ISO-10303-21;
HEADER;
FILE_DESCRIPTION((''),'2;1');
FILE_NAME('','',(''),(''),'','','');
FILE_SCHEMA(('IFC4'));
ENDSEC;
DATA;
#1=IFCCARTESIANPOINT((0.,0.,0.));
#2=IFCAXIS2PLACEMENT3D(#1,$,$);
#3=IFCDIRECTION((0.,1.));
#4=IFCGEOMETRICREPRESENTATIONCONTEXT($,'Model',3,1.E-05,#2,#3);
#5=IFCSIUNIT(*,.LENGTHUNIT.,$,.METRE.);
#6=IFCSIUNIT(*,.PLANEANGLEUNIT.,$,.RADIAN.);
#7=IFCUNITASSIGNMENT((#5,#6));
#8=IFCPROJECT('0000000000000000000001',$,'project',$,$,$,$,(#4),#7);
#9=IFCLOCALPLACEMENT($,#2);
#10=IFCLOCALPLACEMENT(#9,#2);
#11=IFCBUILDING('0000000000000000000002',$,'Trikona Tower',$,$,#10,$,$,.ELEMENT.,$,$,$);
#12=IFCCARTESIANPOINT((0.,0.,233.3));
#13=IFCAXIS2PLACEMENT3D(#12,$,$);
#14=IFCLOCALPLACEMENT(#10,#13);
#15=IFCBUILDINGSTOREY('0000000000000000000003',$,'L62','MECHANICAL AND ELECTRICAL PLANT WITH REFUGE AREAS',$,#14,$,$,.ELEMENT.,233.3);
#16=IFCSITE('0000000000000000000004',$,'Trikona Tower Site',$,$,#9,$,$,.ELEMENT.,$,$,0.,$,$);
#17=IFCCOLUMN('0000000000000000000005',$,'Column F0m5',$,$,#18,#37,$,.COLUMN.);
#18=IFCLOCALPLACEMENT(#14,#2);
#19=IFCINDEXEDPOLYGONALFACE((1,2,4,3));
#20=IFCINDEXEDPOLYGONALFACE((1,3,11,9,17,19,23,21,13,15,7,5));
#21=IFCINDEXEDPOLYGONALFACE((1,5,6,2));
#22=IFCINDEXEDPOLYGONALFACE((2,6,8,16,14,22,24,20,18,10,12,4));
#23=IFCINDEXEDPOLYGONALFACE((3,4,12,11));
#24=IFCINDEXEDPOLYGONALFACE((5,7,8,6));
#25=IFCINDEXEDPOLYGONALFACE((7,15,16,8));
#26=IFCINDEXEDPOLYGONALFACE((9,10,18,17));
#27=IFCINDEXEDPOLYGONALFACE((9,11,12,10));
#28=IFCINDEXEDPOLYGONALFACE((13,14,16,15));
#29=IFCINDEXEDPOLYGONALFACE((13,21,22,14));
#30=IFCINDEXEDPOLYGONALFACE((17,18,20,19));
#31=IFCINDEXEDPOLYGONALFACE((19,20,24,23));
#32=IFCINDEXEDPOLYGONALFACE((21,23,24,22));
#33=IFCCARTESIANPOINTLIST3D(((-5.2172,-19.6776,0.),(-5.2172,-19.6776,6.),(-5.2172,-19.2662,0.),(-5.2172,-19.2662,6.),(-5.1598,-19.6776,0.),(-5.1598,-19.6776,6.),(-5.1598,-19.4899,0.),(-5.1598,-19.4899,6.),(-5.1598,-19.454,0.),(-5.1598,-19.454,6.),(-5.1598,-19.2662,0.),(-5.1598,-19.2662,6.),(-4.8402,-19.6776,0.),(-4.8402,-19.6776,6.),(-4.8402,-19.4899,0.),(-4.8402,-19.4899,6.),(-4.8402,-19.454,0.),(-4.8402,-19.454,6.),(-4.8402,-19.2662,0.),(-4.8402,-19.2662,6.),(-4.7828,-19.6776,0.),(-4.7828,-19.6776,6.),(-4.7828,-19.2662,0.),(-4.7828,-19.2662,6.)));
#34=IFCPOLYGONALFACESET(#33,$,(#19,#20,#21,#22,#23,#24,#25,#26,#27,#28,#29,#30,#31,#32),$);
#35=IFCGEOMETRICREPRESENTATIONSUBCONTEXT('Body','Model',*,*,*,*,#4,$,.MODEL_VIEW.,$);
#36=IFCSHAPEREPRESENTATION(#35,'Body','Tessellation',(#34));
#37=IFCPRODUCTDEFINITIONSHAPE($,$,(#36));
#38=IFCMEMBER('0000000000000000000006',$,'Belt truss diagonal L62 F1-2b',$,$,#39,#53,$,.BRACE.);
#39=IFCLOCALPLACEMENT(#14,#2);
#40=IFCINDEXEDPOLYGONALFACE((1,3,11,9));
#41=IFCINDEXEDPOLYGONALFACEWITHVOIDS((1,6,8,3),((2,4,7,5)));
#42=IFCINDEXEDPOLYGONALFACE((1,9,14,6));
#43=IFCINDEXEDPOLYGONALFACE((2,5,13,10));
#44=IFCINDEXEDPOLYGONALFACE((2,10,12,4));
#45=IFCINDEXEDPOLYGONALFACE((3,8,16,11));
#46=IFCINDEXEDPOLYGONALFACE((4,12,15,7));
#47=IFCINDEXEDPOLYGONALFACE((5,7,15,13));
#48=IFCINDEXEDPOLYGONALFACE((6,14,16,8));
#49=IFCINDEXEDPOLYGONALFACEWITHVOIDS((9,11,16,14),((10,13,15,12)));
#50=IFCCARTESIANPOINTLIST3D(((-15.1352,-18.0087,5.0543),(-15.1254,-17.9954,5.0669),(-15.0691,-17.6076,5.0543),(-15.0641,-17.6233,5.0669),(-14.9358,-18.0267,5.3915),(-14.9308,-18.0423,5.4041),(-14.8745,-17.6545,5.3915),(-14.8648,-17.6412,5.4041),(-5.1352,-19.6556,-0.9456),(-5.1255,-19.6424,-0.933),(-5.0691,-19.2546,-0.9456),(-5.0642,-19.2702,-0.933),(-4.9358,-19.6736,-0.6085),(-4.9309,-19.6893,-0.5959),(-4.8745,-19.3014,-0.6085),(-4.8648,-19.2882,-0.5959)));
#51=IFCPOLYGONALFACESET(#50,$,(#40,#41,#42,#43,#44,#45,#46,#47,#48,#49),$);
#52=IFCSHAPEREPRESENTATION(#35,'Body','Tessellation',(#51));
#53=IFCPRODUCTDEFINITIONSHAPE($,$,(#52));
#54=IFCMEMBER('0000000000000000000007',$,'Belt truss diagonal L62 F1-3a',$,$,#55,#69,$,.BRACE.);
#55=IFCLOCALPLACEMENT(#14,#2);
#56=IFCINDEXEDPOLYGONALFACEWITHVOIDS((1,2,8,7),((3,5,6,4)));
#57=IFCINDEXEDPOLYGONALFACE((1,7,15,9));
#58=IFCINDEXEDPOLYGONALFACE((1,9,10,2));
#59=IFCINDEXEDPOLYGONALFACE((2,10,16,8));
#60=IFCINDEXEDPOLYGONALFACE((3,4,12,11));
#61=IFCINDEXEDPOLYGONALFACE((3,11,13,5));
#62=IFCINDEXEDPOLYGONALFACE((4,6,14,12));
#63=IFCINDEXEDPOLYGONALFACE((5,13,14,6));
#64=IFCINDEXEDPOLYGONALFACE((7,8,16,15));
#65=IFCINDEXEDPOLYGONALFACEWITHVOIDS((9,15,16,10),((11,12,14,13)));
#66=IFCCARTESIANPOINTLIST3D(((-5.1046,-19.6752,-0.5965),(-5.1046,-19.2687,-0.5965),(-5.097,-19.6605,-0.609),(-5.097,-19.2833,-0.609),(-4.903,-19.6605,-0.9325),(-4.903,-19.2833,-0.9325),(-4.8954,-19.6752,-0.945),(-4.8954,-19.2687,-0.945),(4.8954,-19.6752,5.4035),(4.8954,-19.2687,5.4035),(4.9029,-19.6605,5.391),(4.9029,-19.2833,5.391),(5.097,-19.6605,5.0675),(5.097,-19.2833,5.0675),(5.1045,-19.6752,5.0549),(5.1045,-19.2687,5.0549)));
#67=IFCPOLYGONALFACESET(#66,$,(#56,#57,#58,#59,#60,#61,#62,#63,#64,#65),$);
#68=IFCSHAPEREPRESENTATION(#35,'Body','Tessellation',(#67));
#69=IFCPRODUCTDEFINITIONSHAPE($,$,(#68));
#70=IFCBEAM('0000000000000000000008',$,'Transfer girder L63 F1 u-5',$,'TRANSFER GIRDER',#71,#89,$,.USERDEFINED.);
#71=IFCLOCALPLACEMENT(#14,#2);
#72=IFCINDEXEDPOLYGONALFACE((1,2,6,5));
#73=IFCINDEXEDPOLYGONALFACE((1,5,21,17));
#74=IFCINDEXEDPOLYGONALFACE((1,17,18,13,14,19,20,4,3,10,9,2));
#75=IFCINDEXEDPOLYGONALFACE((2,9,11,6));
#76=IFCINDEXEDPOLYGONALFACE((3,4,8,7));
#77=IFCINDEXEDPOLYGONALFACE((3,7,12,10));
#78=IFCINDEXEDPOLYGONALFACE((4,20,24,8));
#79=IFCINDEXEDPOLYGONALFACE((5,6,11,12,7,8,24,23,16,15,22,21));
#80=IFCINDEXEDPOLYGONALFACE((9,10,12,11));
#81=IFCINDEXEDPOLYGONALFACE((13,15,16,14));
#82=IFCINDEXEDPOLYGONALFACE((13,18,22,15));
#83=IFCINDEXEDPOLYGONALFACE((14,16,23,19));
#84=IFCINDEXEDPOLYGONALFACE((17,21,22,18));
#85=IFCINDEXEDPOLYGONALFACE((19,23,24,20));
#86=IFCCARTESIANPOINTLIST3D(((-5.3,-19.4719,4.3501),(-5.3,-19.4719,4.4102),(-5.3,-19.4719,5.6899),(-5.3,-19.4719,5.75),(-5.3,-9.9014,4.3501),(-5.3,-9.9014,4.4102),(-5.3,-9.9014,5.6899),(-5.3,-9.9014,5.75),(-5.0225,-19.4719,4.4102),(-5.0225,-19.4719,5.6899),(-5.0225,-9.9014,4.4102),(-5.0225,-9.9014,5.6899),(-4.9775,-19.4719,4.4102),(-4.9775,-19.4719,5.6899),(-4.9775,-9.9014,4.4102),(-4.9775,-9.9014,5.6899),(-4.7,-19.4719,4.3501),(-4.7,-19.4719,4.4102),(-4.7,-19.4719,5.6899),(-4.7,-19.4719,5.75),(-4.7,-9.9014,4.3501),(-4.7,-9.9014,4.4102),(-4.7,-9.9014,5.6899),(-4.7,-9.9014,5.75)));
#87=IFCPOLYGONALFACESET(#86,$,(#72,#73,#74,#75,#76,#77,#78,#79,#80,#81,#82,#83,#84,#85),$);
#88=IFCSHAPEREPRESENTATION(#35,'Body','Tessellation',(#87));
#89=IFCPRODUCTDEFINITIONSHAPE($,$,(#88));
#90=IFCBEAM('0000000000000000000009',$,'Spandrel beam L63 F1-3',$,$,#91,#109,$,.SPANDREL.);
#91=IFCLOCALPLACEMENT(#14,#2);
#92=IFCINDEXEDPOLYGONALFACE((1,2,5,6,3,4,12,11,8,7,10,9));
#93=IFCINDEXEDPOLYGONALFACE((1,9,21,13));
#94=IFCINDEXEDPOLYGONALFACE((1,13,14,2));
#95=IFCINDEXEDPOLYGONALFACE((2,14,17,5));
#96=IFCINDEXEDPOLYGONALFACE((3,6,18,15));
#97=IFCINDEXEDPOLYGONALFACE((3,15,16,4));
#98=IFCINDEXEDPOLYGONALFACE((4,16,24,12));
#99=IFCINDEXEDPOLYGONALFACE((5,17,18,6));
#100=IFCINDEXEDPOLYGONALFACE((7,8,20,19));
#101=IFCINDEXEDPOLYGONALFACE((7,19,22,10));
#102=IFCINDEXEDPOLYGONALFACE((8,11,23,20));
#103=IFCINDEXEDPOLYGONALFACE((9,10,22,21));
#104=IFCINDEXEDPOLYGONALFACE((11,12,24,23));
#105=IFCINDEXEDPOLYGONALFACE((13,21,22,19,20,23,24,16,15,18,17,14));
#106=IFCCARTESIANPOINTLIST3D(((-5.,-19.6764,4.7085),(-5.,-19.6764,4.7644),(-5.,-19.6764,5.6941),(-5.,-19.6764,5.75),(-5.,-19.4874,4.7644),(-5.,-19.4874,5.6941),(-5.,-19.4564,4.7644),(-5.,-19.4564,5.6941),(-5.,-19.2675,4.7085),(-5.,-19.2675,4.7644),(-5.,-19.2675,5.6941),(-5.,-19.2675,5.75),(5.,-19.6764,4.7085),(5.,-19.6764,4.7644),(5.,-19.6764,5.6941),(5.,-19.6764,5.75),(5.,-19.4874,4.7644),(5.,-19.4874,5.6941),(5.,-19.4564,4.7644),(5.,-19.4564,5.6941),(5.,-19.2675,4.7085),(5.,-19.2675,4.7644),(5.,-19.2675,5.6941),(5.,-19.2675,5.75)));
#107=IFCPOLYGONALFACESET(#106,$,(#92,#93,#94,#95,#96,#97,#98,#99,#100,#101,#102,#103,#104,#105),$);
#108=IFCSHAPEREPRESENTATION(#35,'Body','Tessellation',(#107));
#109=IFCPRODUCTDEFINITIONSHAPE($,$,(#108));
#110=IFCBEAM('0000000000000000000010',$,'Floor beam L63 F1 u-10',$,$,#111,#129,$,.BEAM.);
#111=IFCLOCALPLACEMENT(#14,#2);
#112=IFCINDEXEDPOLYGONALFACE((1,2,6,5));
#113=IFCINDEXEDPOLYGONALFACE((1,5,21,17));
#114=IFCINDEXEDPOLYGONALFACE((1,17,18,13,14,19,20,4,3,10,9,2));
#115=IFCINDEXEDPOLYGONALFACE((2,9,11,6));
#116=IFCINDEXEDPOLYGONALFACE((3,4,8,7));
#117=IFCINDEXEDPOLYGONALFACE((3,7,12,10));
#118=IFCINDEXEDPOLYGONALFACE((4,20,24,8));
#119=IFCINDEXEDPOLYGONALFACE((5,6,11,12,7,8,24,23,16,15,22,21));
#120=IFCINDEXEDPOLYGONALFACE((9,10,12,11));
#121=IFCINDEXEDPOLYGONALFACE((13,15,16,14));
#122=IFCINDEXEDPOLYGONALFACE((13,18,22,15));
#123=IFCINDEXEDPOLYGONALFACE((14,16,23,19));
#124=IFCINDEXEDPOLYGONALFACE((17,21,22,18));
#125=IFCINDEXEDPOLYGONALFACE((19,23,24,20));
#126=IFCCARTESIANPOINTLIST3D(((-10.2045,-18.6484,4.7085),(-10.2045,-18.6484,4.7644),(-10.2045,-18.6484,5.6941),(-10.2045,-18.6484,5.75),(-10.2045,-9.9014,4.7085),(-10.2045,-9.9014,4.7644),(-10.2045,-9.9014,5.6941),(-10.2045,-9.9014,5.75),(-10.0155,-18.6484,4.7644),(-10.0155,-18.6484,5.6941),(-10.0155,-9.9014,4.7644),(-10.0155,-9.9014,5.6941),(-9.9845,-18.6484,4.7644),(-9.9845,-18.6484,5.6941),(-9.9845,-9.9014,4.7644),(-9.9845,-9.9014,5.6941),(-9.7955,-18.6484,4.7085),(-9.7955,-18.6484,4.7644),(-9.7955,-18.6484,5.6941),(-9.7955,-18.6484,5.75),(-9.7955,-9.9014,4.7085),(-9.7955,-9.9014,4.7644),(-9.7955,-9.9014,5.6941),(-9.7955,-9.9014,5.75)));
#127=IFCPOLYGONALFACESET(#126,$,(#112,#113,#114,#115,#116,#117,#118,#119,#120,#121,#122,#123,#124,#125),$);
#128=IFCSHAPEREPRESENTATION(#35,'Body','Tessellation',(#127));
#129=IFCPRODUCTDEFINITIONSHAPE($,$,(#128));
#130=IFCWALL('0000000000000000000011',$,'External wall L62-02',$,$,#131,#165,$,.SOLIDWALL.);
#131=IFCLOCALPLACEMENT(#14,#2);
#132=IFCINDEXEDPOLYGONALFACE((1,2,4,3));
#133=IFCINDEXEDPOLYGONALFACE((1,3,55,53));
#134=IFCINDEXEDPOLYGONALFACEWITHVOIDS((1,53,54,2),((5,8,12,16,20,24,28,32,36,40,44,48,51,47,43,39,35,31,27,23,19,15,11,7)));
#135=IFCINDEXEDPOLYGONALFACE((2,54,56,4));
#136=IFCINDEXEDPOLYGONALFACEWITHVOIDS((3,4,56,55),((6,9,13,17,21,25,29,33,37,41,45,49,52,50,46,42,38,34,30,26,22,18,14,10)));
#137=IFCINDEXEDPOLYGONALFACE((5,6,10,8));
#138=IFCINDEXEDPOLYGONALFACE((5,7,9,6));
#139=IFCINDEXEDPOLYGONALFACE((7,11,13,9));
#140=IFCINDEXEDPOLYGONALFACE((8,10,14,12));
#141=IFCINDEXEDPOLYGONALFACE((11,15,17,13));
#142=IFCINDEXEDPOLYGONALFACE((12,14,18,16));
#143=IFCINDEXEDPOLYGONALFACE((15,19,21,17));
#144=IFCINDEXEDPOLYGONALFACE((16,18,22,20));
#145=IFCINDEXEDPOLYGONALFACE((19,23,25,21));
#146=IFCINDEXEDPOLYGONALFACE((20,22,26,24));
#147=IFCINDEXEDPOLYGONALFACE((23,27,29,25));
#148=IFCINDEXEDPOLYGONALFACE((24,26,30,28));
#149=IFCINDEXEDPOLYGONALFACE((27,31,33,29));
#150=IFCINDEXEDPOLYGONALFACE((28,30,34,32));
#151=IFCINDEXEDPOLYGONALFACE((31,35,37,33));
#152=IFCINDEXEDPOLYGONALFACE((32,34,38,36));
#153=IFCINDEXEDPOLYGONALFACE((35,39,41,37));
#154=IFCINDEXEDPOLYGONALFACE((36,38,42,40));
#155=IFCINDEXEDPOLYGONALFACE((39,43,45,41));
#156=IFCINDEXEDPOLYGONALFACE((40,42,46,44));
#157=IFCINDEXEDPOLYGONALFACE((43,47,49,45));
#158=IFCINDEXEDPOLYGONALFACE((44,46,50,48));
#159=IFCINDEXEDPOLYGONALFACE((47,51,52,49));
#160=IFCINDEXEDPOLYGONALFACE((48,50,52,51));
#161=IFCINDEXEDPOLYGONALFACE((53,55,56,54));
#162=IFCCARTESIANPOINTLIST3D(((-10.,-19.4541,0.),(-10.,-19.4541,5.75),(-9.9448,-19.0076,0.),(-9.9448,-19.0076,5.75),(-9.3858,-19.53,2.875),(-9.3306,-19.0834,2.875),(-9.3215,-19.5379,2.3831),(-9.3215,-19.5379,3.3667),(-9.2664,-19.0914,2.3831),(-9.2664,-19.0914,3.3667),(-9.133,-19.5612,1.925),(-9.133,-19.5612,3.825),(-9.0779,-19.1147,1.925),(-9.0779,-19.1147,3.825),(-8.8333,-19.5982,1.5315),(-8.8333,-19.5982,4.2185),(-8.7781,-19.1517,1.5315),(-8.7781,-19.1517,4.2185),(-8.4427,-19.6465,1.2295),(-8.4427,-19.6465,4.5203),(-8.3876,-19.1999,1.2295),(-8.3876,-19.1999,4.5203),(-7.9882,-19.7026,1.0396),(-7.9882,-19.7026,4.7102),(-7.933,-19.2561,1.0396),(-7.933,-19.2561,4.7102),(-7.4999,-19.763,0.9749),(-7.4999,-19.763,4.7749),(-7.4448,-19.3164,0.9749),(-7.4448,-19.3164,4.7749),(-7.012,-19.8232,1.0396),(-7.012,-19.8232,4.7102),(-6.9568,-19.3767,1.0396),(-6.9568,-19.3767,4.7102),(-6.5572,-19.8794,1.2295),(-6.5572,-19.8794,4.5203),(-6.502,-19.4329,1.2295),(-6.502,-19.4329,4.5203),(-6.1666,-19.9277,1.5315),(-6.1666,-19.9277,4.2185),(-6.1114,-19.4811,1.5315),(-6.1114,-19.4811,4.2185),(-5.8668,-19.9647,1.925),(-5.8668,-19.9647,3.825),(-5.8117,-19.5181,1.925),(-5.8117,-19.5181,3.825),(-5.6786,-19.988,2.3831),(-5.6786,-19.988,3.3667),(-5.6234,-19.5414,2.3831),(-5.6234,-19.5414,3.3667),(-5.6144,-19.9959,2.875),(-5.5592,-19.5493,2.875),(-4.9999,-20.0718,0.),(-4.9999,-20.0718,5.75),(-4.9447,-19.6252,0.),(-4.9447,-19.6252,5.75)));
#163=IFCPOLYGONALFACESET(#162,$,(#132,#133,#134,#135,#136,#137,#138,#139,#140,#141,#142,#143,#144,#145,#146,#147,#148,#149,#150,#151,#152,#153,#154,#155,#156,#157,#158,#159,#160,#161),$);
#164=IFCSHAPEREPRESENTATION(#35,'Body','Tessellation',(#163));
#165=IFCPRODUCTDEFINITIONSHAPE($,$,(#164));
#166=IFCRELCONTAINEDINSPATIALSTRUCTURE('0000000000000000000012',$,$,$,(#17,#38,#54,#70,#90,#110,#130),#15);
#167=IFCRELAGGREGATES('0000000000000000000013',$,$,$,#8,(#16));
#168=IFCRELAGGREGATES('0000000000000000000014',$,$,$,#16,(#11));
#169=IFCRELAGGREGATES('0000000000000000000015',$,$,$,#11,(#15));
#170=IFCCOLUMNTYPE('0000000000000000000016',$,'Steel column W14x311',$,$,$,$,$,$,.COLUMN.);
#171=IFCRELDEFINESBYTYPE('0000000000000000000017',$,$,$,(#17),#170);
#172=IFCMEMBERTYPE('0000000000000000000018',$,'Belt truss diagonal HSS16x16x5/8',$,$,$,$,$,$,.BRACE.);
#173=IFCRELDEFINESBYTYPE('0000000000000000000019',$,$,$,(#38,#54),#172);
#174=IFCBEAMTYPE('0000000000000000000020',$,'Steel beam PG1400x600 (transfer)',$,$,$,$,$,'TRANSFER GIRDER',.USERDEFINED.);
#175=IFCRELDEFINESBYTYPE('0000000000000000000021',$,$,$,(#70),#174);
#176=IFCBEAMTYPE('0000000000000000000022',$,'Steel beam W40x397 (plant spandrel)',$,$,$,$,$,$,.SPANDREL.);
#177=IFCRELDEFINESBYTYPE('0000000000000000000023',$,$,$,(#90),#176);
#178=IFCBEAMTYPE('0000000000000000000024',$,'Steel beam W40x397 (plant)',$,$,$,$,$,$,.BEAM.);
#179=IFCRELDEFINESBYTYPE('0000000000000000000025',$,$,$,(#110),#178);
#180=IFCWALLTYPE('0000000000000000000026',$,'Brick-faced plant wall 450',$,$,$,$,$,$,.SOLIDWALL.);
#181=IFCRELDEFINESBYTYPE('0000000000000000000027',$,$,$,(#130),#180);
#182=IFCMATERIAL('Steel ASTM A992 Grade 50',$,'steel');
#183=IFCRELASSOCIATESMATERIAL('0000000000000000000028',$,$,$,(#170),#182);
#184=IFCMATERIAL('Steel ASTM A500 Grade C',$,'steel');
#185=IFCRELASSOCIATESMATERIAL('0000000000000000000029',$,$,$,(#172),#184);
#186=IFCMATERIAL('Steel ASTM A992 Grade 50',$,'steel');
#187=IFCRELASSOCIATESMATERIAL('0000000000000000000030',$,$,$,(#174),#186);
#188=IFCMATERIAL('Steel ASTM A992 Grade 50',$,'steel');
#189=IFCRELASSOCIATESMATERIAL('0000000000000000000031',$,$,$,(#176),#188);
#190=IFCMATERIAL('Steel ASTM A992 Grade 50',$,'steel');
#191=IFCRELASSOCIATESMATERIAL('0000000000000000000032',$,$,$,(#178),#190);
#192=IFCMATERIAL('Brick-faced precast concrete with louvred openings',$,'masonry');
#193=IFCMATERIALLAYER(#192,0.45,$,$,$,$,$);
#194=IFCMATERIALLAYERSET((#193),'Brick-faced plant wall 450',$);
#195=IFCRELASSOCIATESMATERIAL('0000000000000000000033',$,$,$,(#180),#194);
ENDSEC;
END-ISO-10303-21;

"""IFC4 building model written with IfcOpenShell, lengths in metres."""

from ifc_helpers import new_model, si_unit, direction, frame, origin, origin_2d, place, context, subcontext, project, spatial, polyline, hollow_rectangle, i_section, outline, extrude, material, layer, layer_set, material_profile, profile_set, type_object, element, save


model = new_model("IFC4")

# Units and contexts
model_context = context("Model", 3, precision=1e-05, world=origin(), true_north=direction((0.0, 1.0)))
body_context = subcontext(model_context, "Body", "Model", "MODEL_VIEW")
ifc_project = project(units=[si_unit("LENGTHUNIT", "METRE"), si_unit("PLANEANGLEUNIT", "RADIAN")], contexts=[model_context])

# Site, building, storey
site_placement = place(None, origin())
site = spatial("IfcSite", under=ifc_project, at=site_placement, Name="Trikona Tower Site", CompositionType="ELEMENT", RefElevation=0.0)
building_placement = place(site_placement, origin())
building = spatial("IfcBuilding", under=site, at=building_placement, Name="Trikona Tower", CompositionType="ELEMENT")
storey_placement = place(building_placement, frame((0.0, 0.0, 233.3)))
storey = spatial("IfcBuildingStorey", under=building, at=storey_placement, Name="L62", Description="MECHANICAL AND ELECTRICAL PLANT WITH REFUGE AREAS", CompositionType="ELEMENT", Elevation=233.3)

# Column
ifc_material_1 = material(Name="Steel ASTM A992 Grade 50", Category="steel")
ifc_material_profile_1 = material_profile(ifc_material_1, i_section(OverallWidth=0.4114, OverallDepth=0.4343, WebThickness=0.0359, FlangeThickness=0.0574, at=origin_2d()), Name="W14X311")
ifc_profile_set_1 = profile_set([ifc_material_profile_1], Name="Steel ASTM A992 Grade 50")
column_type = type_object("IfcColumnType", Name="Steel column W14x311", PredefinedType="COLUMN", material=ifc_profile_set_1)
column_placement = place(storey_placement, frame((-5.0, -19.4719, 0.0), z_axis=(0.0, 0.0, 1.0), x_axis=(0.0, -1.0, 0.0)))
element("IfcColumn", 1, at=column_placement, inside=storey, type_object=column_type, Name="Column F0m5", PredefinedType="COLUMN", context=body_context, shape_type="SweptSolid", body=[
    extrude(i_section(OverallWidth=0.4114, OverallDepth=0.4343, WebThickness=0.0359, FlangeThickness=0.0574, at=origin_2d()), origin(), (0.0, 0.0, 1.0), 6.0),
])

# Members
ifc_material_2 = material(Name="Steel ASTM A500 Grade C", Category="steel")
ifc_material_profile_2 = material_profile(ifc_material_2, hollow_rectangle(XDim=0.4065, YDim=0.4065, WallThickness=0.0146, at=origin_2d()), Name="HSS16X16X5/8")
ifc_profile_set_2 = profile_set([ifc_material_profile_2], Name="Steel ASTM A500 Grade C")
member_type = type_object("IfcMemberType", Name="Belt truss diagonal HSS16x16x5/8", PredefinedType="BRACE", material=ifc_profile_set_2)
member_1_placement = place(storey_placement, frame((-5.0, -19.4719, -0.7708), z_axis=(-0.849067, 0.139839, 0.50944), x_axis=(-0.162508, -0.986707, 0.0)))
element("IfcMember", 2, at=member_1_placement, inside=storey, type_object=member_type, Name="Belt truss diagonal L62 F1-2b", PredefinedType="BRACE", context=body_context, shape_type="SweptSolid", body=[
    extrude(hollow_rectangle(XDim=0.4065, YDim=0.4065, WallThickness=0.0146, at=origin_2d()), origin(), (0.0, 0.0, 1.0), 11.7776),
])
member_2_placement = place(storey_placement, frame((-5.0, -19.4719, -0.7708), z_axis=(0.857493, 0.0, 0.514496), x_axis=(0.0, 1.0, 0.0)))
element("IfcMember", 3, at=member_2_placement, inside=storey, type_object=member_type, Name="Belt truss diagonal L62 F1-3a", PredefinedType="BRACE", context=body_context, shape_type="SweptSolid", body=[
    extrude(hollow_rectangle(XDim=0.4065, YDim=0.4065, WallThickness=0.0146, at=origin_2d()), origin(), (0.0, 0.0, 1.0), 11.6619),
])

# Beams
ifc_material_3 = material(Name="Steel ASTM A992 Grade 50", Category="steel")
ifc_material_profile_3 = material_profile(ifc_material_3, i_section(OverallWidth=0.6001, OverallDepth=1.3999, WebThickness=0.0449, FlangeThickness=0.0601, at=origin_2d()), Name="PG1400X600")
ifc_profile_set_3 = profile_set([ifc_material_profile_3], Name="Steel ASTM A992 Grade 50")
beam_type_1 = type_object("IfcBeamType", Name="Steel beam PG1400x600 (transfer)", ElementType="TRANSFER GIRDER", PredefinedType="USERDEFINED", material=ifc_profile_set_3)
beam_1_placement = place(storey_placement, frame((-5.0, -9.9014, 5.05), z_axis=(0.0, -1.0, 0.0), x_axis=(1.0, 0.0, 0.0)))
element("IfcBeam", 4, at=beam_1_placement, inside=storey, type_object=beam_type_1, Name="Transfer girder L63 F1 u-5", ObjectType="TRANSFER GIRDER", PredefinedType="USERDEFINED", context=body_context, shape_type="SweptSolid", body=[
    extrude(i_section(OverallWidth=0.6001, OverallDepth=1.3999, WebThickness=0.0449, FlangeThickness=0.0601, at=origin_2d()), origin(), (0.0, 0.0, 1.0), 9.5706),
])
ifc_material_4 = material(Name="Steel ASTM A992 Grade 50", Category="steel")
ifc_material_profile_4 = material_profile(ifc_material_4, i_section(OverallWidth=0.4089, OverallDepth=1.0415, WebThickness=0.031, FlangeThickness=0.0559, at=origin_2d()), Name="W40X397")
ifc_profile_set_4 = profile_set([ifc_material_profile_4], Name="Steel ASTM A992 Grade 50")
beam_type_2 = type_object("IfcBeamType", Name="Steel beam W40x397 (plant spandrel)", PredefinedType="SPANDREL", material=ifc_profile_set_4)
beam_2_placement = place(storey_placement, frame((-5.0, -19.4719, 5.2292), z_axis=(1.0, 0.0, 0.0), x_axis=(0.0, 1.0, 0.0)))
element("IfcBeam", 5, at=beam_2_placement, inside=storey, type_object=beam_type_2, Name="Spandrel beam L63 F1-3", PredefinedType="SPANDREL", context=body_context, shape_type="SweptSolid", body=[
    extrude(i_section(OverallWidth=0.4089, OverallDepth=1.0415, WebThickness=0.031, FlangeThickness=0.0559, at=origin_2d()), origin(), (0.0, 0.0, 1.0), 10.0),
])
ifc_material_5 = material(Name="Steel ASTM A992 Grade 50", Category="steel")
ifc_material_profile_5 = material_profile(ifc_material_5, i_section(OverallWidth=0.4089, OverallDepth=1.0415, WebThickness=0.031, FlangeThickness=0.0559, at=origin_2d()), Name="W40X397")
ifc_profile_set_5 = profile_set([ifc_material_profile_5], Name="Steel ASTM A992 Grade 50")
beam_type_3 = type_object("IfcBeamType", Name="Steel beam W40x397 (plant)", PredefinedType="BEAM", material=ifc_profile_set_5)
beam_3_placement = place(storey_placement, frame((-10.0, -9.9014, 5.2292), z_axis=(0.0, -1.0, 0.0), x_axis=(1.0, 0.0, 0.0)))
element("IfcBeam", 6, at=beam_3_placement, inside=storey, type_object=beam_type_3, Name="Floor beam L63 F1 u-10", PredefinedType="BEAM", context=body_context, shape_type="SweptSolid", body=[
    extrude(i_section(OverallWidth=0.4089, OverallDepth=1.0415, WebThickness=0.031, FlangeThickness=0.0559, at=origin_2d()), origin(), (0.0, 0.0, 1.0), 8.7471),
])

# Wall
ifc_material_6 = material(Name="Brick-faced precast concrete with louvred openings", Category="masonry")
ifc_layer_1 = layer(ifc_material_6, 0.45)
ifc_layer_set_1 = layer_set([ifc_layer_1], Name="Brick-faced plant wall 450")
wall_type_1 = type_object("IfcWallType", Name="Brick-faced plant wall 450", PredefinedType="SOLIDWALL", material=ifc_layer_set_1)
wall_1_placement = place(storey_placement, frame((-9.9724, -19.231, 0.0), z_axis=(0.0, 0.0, 1.0), x_axis=(0.992456, -0.122603, 0.0)))
element("IfcWall", 7, at=wall_1_placement, inside=storey, type_object=wall_type_1, Name="External wall L62-02", PredefinedType="SOLIDWALL", context=body_context, shape_type="SweptSolid", body=[
    extrude(outline(polyline([(0.0, 0.0), (5.0381, 0.0), (5.0381, 5.75), (0.0, 5.75), (0.0, 0.0)]), holes=[polyline([(4.4189, 2.875), (4.3542, 3.3667), (4.1646, 3.825), (3.8625, 4.2185), (3.469, 4.5203), (3.0107, 4.7102), (2.519, 4.7749), (2.0271, 4.7102), (1.5691, 4.5203), (1.1755, 4.2185), (0.8735, 3.825), (0.6836, 3.3667), (0.6189, 2.875), (0.6836, 2.3831), (0.8735, 1.925), (1.1755, 1.5315), (1.5691, 1.2295), (2.0271, 1.0396), (2.519, 0.9749), (3.0107, 1.0396), (3.469, 1.2295), (3.8625, 1.5315), (4.1646, 1.925), (4.3542, 2.3831), (4.4189, 2.875)])]), frame((0.0, 0.2251, 0.0), z_axis=(0.0, -1.0, 0.0), x_axis=(1.0, 0.0, 0.0)), (0.0, 0.0, 1.0), 0.45),
])

save(model, "model.ifc")
